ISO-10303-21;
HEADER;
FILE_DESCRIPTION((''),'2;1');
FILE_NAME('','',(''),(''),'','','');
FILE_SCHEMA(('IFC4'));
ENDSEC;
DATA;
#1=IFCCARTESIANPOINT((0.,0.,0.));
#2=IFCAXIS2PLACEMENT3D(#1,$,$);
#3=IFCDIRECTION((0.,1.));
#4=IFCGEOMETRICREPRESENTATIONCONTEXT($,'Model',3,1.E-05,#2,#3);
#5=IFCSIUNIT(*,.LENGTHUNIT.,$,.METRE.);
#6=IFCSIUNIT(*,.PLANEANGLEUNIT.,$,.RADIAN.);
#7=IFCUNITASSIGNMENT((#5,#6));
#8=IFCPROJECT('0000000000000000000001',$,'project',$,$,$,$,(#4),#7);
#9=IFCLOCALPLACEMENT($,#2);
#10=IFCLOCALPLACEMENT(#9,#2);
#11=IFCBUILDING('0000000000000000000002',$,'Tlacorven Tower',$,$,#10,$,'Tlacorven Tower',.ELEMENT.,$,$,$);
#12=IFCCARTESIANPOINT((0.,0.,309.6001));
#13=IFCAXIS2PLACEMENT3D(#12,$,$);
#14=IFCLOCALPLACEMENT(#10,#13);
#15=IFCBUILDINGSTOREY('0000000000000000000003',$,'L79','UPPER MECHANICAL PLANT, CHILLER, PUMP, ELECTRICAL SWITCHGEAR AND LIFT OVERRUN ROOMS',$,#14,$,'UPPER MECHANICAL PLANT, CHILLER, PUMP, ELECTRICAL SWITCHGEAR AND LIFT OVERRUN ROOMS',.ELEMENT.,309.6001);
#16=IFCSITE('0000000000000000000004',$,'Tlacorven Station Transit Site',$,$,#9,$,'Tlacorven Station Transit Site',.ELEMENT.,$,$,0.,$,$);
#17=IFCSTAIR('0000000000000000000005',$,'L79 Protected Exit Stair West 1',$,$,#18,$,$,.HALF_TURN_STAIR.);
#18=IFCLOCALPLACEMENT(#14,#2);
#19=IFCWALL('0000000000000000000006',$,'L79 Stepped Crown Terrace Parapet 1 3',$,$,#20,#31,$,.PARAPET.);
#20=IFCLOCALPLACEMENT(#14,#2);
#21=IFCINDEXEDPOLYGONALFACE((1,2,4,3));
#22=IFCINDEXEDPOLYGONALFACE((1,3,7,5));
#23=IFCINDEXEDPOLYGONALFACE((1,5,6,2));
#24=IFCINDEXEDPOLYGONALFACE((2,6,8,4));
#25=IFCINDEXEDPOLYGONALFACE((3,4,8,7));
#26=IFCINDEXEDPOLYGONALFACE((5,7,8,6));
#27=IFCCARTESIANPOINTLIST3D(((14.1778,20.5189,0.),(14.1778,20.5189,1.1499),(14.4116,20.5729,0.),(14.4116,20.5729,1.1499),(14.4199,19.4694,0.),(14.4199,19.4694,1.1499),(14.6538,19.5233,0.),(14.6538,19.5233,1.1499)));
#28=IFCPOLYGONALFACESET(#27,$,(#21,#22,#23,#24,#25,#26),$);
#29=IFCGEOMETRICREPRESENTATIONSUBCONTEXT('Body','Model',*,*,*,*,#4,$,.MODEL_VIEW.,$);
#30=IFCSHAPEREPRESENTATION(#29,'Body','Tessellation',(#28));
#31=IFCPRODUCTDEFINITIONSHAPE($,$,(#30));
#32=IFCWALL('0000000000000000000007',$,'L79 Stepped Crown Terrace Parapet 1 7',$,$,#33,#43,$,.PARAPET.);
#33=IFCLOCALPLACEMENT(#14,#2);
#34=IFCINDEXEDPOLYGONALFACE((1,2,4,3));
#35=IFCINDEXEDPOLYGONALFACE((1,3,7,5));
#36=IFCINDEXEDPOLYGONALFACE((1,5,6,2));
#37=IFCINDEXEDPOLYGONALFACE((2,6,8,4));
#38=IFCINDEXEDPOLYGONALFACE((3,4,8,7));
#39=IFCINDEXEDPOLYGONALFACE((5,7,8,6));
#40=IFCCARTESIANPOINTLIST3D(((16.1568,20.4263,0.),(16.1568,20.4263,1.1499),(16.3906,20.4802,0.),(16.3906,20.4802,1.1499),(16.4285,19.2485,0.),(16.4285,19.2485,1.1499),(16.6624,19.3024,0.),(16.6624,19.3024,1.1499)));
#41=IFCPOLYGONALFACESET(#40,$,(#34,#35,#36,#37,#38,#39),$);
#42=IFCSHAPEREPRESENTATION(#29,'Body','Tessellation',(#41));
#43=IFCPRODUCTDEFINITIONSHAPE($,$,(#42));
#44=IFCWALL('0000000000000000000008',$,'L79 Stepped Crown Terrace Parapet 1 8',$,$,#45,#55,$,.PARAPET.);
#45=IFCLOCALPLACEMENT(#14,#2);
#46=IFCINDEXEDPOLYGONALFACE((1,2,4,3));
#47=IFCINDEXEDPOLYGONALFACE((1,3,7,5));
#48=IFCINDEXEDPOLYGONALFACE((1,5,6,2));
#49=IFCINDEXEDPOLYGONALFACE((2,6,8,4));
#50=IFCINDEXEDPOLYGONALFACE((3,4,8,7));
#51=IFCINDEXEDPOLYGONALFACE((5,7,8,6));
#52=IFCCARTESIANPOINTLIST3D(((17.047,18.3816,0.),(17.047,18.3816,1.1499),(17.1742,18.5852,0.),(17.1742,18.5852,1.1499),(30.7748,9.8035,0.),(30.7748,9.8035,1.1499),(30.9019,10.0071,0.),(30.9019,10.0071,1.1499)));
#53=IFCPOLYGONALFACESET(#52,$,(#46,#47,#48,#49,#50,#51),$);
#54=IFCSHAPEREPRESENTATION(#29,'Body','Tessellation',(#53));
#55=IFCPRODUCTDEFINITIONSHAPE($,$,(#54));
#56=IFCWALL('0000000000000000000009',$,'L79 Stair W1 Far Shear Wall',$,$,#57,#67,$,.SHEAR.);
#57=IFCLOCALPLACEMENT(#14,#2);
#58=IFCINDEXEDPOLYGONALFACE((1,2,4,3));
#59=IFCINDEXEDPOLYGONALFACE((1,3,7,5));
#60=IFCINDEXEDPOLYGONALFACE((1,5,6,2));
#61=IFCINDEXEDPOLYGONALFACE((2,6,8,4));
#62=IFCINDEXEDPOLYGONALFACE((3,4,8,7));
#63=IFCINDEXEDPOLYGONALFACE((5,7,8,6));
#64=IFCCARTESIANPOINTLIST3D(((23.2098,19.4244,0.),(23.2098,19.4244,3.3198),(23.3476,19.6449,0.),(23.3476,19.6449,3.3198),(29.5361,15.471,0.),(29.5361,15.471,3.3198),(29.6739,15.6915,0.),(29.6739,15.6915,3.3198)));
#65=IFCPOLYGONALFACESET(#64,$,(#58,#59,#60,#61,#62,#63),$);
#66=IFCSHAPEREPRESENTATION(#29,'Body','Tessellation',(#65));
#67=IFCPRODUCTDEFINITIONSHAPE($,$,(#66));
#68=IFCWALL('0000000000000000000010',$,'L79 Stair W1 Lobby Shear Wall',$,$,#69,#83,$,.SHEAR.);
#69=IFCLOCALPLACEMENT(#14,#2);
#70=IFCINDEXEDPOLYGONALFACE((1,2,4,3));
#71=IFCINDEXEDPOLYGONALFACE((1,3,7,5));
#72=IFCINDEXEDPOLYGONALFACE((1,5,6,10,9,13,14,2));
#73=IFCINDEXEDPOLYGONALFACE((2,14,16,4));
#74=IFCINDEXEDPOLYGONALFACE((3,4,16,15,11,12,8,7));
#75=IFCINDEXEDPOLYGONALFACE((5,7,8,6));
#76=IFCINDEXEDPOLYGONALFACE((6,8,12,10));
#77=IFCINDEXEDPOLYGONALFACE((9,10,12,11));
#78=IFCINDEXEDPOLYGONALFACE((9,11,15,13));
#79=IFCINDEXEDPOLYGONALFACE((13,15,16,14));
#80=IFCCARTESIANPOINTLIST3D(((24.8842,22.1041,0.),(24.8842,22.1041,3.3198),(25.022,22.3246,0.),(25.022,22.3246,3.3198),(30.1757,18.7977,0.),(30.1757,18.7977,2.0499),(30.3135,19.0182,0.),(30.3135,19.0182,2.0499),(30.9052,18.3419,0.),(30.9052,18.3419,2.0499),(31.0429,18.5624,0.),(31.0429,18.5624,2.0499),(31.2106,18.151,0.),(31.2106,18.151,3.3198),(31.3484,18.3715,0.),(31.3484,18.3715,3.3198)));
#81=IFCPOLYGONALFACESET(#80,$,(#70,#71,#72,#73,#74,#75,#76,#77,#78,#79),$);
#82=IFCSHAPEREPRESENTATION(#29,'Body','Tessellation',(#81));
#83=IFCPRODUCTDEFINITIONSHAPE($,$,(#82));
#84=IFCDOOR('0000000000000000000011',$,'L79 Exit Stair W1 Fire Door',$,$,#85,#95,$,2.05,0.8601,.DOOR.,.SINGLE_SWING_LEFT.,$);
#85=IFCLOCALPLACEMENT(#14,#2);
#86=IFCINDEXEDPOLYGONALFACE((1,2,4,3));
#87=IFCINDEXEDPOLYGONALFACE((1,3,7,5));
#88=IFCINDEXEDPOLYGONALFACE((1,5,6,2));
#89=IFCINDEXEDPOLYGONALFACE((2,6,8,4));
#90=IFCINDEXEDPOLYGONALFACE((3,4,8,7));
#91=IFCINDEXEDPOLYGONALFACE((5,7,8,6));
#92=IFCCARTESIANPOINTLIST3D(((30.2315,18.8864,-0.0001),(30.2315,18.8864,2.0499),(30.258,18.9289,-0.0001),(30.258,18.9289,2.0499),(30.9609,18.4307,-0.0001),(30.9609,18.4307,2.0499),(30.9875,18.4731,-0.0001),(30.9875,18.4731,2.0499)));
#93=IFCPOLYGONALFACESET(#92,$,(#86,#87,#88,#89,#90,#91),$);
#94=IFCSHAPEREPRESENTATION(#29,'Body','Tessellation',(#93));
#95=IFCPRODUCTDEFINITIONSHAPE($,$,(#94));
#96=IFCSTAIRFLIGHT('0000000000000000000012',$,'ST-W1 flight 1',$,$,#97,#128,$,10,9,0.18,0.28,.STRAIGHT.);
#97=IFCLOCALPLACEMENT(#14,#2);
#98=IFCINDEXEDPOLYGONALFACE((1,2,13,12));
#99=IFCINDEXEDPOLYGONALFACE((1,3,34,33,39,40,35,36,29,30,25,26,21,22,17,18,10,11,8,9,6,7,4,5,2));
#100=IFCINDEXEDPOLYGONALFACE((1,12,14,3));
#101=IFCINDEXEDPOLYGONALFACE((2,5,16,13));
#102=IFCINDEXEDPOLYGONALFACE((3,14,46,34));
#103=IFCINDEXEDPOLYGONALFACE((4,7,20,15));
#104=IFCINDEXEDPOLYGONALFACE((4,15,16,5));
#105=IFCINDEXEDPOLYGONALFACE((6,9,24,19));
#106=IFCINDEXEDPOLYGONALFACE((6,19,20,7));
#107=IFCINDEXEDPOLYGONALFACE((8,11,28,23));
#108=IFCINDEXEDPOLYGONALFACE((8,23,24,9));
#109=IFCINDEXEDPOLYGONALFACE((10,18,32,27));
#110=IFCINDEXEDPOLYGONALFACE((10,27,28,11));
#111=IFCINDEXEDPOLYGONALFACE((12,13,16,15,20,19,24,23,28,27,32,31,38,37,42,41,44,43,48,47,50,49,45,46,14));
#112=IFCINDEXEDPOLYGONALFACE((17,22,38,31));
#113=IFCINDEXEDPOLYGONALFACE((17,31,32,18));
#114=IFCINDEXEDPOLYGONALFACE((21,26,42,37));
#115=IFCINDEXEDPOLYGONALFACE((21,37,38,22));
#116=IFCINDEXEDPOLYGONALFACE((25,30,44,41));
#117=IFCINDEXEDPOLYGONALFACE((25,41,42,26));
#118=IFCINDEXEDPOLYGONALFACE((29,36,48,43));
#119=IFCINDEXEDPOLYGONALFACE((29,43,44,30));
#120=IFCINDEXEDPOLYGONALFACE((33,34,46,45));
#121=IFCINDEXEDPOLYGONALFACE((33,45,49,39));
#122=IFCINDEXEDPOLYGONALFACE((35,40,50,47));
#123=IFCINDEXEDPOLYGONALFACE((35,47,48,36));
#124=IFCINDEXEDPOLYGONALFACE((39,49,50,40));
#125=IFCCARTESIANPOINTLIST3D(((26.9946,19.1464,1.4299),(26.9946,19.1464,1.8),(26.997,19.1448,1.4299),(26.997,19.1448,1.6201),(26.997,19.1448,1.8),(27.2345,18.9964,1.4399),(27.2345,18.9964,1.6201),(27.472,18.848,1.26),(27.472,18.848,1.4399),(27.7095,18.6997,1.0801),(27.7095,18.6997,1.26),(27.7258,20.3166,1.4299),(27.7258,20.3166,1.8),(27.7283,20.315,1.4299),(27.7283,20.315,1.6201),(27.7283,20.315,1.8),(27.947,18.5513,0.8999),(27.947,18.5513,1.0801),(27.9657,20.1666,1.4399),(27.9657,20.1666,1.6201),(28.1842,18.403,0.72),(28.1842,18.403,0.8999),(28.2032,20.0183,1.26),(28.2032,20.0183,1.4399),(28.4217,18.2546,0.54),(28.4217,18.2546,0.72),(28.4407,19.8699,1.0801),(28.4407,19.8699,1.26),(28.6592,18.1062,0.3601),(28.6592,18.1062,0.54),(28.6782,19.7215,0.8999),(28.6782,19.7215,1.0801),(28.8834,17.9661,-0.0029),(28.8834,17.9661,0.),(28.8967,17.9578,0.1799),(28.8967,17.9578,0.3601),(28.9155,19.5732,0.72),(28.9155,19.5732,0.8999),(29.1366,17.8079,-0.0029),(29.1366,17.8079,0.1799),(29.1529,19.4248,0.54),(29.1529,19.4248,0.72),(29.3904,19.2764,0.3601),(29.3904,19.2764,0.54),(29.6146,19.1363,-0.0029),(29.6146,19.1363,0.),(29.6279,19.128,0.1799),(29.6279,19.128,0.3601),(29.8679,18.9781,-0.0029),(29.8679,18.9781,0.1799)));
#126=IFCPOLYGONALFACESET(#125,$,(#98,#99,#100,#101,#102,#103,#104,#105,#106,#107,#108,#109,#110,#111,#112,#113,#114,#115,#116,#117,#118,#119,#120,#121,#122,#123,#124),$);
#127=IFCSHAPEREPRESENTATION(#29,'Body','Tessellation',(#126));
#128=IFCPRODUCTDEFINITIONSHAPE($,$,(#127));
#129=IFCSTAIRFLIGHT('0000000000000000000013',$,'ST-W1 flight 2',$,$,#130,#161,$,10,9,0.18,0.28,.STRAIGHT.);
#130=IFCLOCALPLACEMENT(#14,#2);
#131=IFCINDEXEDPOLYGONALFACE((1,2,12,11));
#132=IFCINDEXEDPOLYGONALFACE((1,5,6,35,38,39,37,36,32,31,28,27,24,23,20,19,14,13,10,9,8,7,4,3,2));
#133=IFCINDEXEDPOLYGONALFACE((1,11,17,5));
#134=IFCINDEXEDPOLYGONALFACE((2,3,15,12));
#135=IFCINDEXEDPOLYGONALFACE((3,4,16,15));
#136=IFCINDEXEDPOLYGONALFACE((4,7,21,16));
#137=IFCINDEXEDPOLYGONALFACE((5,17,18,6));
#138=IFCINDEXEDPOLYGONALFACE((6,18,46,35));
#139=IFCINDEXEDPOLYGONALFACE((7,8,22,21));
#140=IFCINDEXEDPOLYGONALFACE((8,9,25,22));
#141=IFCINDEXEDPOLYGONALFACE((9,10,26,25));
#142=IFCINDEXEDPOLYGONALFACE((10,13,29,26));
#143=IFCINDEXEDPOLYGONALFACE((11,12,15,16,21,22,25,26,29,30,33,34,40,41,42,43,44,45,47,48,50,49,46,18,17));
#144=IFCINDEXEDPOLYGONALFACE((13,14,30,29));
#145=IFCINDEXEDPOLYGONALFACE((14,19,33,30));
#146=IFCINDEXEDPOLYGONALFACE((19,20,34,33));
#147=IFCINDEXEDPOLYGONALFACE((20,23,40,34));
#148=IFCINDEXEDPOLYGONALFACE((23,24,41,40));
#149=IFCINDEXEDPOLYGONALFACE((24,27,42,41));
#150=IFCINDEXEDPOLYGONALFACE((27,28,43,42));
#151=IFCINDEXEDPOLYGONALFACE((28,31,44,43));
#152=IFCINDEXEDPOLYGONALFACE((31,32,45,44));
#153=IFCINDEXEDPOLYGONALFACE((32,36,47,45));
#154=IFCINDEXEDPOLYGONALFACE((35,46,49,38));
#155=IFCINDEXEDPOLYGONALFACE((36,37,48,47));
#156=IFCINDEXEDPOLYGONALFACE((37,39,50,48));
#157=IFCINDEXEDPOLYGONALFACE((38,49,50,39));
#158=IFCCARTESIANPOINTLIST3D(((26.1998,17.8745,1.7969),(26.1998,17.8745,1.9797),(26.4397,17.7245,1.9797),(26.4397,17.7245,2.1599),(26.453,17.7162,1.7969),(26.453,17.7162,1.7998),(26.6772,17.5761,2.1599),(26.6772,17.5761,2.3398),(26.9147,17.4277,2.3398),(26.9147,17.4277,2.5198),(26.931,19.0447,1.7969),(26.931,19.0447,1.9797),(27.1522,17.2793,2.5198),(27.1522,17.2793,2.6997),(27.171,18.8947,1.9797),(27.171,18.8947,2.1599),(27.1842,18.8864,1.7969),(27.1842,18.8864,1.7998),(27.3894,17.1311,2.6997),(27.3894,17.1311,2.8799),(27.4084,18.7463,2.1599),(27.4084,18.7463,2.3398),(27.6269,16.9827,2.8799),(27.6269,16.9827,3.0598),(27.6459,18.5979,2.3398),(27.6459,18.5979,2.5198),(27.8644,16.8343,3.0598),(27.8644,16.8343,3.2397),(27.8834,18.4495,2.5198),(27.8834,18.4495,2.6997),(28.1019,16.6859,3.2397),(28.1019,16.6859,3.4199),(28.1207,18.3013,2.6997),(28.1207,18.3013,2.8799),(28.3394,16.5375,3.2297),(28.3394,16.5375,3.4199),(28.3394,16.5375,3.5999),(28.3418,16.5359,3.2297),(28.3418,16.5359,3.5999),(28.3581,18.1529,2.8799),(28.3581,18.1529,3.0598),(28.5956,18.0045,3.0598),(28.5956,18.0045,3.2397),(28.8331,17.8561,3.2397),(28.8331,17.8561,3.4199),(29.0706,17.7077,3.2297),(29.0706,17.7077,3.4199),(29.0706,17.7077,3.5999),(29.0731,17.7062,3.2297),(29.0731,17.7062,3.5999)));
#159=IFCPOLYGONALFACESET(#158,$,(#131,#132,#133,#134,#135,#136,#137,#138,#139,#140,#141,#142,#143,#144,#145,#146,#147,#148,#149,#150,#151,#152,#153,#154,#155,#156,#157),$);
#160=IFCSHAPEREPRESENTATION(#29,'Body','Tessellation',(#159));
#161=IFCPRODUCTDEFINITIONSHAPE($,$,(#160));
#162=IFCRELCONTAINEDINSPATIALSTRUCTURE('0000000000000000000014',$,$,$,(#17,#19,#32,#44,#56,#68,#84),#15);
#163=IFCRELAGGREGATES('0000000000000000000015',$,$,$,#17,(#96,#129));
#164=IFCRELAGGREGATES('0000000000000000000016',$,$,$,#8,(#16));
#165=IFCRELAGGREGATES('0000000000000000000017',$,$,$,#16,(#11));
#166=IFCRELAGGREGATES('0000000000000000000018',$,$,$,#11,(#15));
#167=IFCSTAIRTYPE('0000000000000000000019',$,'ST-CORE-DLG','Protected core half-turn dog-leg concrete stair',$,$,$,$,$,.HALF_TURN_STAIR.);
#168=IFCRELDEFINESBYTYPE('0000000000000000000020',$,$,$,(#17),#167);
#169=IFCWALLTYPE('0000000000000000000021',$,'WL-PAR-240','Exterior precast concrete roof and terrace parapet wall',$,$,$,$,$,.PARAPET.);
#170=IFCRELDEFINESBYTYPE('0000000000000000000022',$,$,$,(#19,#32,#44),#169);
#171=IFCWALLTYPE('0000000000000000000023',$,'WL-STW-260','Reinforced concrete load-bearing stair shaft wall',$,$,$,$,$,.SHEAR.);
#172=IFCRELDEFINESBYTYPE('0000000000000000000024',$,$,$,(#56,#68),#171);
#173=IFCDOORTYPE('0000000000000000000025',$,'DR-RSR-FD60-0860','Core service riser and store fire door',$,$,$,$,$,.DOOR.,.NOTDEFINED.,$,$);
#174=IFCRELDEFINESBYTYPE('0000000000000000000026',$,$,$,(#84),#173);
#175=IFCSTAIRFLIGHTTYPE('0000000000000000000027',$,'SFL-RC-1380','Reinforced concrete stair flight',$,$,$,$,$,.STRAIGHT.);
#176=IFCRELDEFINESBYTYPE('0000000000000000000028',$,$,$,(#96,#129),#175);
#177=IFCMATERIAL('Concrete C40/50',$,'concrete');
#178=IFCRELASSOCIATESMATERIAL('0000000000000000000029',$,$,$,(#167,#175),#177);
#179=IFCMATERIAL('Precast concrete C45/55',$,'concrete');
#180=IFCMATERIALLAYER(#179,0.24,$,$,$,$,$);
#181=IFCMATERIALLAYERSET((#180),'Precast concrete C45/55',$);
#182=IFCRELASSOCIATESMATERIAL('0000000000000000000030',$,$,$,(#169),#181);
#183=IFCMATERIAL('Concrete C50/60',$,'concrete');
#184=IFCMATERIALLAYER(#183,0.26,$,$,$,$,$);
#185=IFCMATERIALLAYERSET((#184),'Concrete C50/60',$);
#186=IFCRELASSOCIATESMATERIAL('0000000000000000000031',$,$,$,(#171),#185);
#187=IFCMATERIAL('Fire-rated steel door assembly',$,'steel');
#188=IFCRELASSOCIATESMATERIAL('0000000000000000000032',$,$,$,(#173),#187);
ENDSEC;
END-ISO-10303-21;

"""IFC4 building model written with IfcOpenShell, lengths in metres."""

from ifc_helpers import new_model, si_unit, direction, frame, frame_2d, origin, place, context, subcontext, project, spatial, polyline, rectangle, outline, extrude, source, transform, mapped, material, layer, layer_set, type_object, element, fill, aggregate, save


model = new_model("IFC4")

# Units and contexts
model_context = context("Model", 3, precision=1e-05, world=origin(), true_north=direction((0.0, 1.0)))
body_context = subcontext(model_context, "Body", "Model", "MODEL_VIEW")
ifc_project = project(units=[si_unit("LENGTHUNIT", "METRE"), si_unit("PLANEANGLEUNIT", "RADIAN")], contexts=[model_context])

# Site, building, storey
site_placement = place(None, origin())
site = spatial("IfcSite", under=ifc_project, at=site_placement, Name="Tlacorven Station Transit Site", LongName="Tlacorven Station Transit Site", CompositionType="ELEMENT", RefElevation=0.0)
building_placement = place(site_placement, origin())
building = spatial("IfcBuilding", under=site, at=building_placement, Name="Tlacorven Tower", LongName="Tlacorven Tower", CompositionType="ELEMENT")
storey_placement = place(building_placement, frame((0.0, 0.0, 309.6001)))
storey = spatial("IfcBuildingStorey", under=building, at=storey_placement, Name="L79", Description="UPPER MECHANICAL PLANT, CHILLER, PUMP, ELECTRICAL SWITCHGEAR AND LIFT OVERRUN ROOMS", LongName="UPPER MECHANICAL PLANT, CHILLER, PUMP, ELECTRICAL SWITCHGEAR AND LIFT OVERRUN ROOMS", CompositionType="ELEMENT", Elevation=309.6001)

# Stair
ifc_material_1 = material(Name="Concrete C40/50", Category="concrete")
stair_type = type_object("IfcStairType", Name="ST-CORE-DLG", Description="Protected core half-turn dog-leg concrete stair", PredefinedType="HALF_TURN_STAIR", material=ifc_material_1)
stair_1_placement = place(storey_placement, origin())
stair_1 = element("IfcStair", 1, at=stair_1_placement, inside=storey, type_object=stair_type, Name="L79 Protected Exit Stair West 1", PredefinedType="HALF_TURN_STAIR")

# Shared definitions
ifc_material_2 = material(Name="Concrete C50/60", Category="concrete")

# Walls
ifc_material_3 = material(Name="Precast concrete C45/55", Category="concrete")
ifc_layer_1 = layer(ifc_material_3, 0.24)
ifc_layer_set_1 = layer_set([ifc_layer_1], Name="Precast concrete C45/55")
wall_type_1 = type_object("IfcWallType", Name="WL-PAR-240", Description="Exterior precast concrete roof and terrace parapet wall", PredefinedType="PARAPET", material=ifc_layer_set_1)
wall_1_placement = place(storey_placement, frame((14.5369, 19.4963, 0.0), z_axis=(0.0, 0.0, 1.0), x_axis=(-0.224843, 0.974395, 0.0)))
element("IfcWall", 2, at=wall_1_placement, inside=storey, type_object=wall_type_1, Name="L79 Stepped Crown Terrace Parapet 1 3", PredefinedType="PARAPET", context=body_context, shape_type="SweptSolid", body=[
    extrude(rectangle(XDim=1.0771, YDim=0.24, at=frame_2d((0.5386, 0.0))), origin(), (0.0, 0.0, 1.0), 1.1499),
])
wall_2_placement = place(storey_placement, frame((16.2737, 20.4534, 0.0), z_axis=(0.0, 0.0, 1.0), x_axis=(0.224815, -0.974401, 0.0)))
element("IfcWall", 3, at=wall_2_placement, inside=storey, type_object=wall_type_1, Name="L79 Stepped Crown Terrace Parapet 1 7", PredefinedType="PARAPET", context=body_context, shape_type="SweptSolid", body=[
    extrude(rectangle(XDim=1.2087, YDim=0.24, at=frame_2d((0.6045, 0.0))), origin(), (0.0, 0.0, 1.0), 1.1499),
])
wall_3_placement = place(storey_placement, frame((17.1106, 18.4834, 0.0), z_axis=(0.0, 0.0, 1.0), x_axis=(0.848047, -0.529922, 0.0)))
element("IfcWall", 4, at=wall_3_placement, inside=storey, type_object=wall_type_1, Name="L79 Stepped Crown Terrace Parapet 1 8", PredefinedType="PARAPET", context=body_context, shape_type="SweptSolid", body=[
    extrude(rectangle(XDim=16.1875, YDim=0.24, at=frame_2d((8.0938, 0.0))), origin(), (0.0, 0.0, 1.0), 1.1499),
])
ifc_layer_2 = layer(ifc_material_2, 0.26)
ifc_layer_set_2 = layer_set([ifc_layer_2], Name="Concrete C50/60")
wall_type_2 = type_object("IfcWallType", Name="WL-STW-260", Description="Reinforced concrete load-bearing stair shaft wall", PredefinedType="SHEAR", material=ifc_layer_set_2)
wall_4_placement = place(storey_placement, frame((29.605, 15.5813, 0.0), z_axis=(0.0, 0.0, 1.0), x_axis=(-0.848037, 0.529937, 0.0)))
element("IfcWall", 5, at=wall_4_placement, inside=storey, type_object=wall_type_2, Name="L79 Stair W1 Far Shear Wall", PredefinedType="SHEAR", context=body_context, shape_type="SweptSolid", body=[
    extrude(rectangle(XDim=7.46, YDim=0.26, at=frame_2d((3.73, 0.0))), origin(), (0.0, 0.0, 1.0), 3.3198),
])

# Wall, opening, door
wall_5_placement = place(storey_placement, frame((31.2795, 18.2612, 0.0), z_axis=(0.0, 0.0, 1.0), x_axis=(-0.848052, 0.529914, 0.0)))
wall_5 = element("IfcWall", 6, at=wall_5_placement, inside=storey, type_object=wall_type_2, Name="L79 Stair W1 Lobby Shear Wall", PredefinedType="SHEAR", context=body_context, shape_type="SweptSolid", body=[
    extrude(rectangle(XDim=7.46, YDim=0.26, at=frame_2d((3.73, 0.0))), origin(), (0.0, 0.0, 1.0), 3.3198),
])
opening_placement = place(wall_5_placement, frame((0.3601, 0.0, 0.0)))
opening = element("IfcOpeningElement", 7, at=opening_placement, cuts=wall_5, PredefinedType="OPENING", context=body_context, shape_type="SweptSolid", body=[
    extrude(rectangle(XDim=0.8601, YDim=2.05, at=frame_2d((0.4302, 1.0249))), frame((0.0, 0.1401, 0.0), z_axis=(0.0, -1.0, 0.0), x_axis=(1.0, 0.0, 0.0)), (0.0, 0.0, 1.0), 0.28),
])
ifc_material_4 = material(Name="Fire-rated steel door assembly", Category="steel")
door_type = type_object("IfcDoorType", Name="DR-RSR-FD60-0860", Description="Core service riser and store fire door", OperationType="NOTDEFINED", PredefinedType="DOOR", material=ifc_material_4)
shared_shape_1 = source(origin(), body_context, "Body", "SweptSolid", [
    extrude(rectangle(XDim=0.8601, YDim=2.05, at=frame_2d((0.4302, 1.0249))), frame((0.0, 0.0249, 0.0), z_axis=(0.0, -1.0, 0.0), x_axis=(1.0, 0.0, 0.0)), (0.0, 0.0, 1.0), 0.05),
])
door_placement = place(opening_placement, frame((0.8601, 0.0, 0.0), z_axis=(0.0, 0.0, 1.0), x_axis=(-1.0, 0.0, 0.0)))
door = element("IfcDoor", 8, at=door_placement, inside=storey, type_object=door_type, Name="L79 Exit Stair W1 Fire Door", OperationType="SINGLE_SWING_LEFT", OverallHeight=2.05, OverallWidth=0.8601, PredefinedType="DOOR", context=body_context, shape_type="MappedRepresentation", body=[
    mapped(shared_shape_1, transform((0.0, 0.0, 0.0), scale=1.0)),
])
fill(opening, door)

# Stair flights
stair_flight_type = type_object("IfcStairFlightType", Name="SFL-RC-1380", Description="Reinforced concrete stair flight", PredefinedType="STRAIGHT", material=ifc_material_1)
shared_shape_2 = source(origin(), body_context, "Body", "SweptSolid", [
    extrude(outline(polyline([(-0.0029, -0.0029), (-0.0029, 0.1799), (0.28, 0.1799), (0.28, 0.3601), (0.5601, 0.3601), (0.5601, 0.54), (0.8401, 0.54), (0.8401, 0.72), (1.1201, 0.72), (1.1201, 0.8999), (1.3999, 0.8999), (1.3999, 1.0801), (1.6799, 1.0801), (1.6799, 1.26), (1.96, 1.26), (1.96, 1.4399), (2.24, 1.4399), (2.24, 1.6201), (2.52, 1.6201), (2.52, 1.8), (2.5229, 1.8), (2.5229, 1.4299), (2.52, 1.4299), (0.2957, 0.0), (0.2957, -0.0029), (-0.0029, -0.0029)])), frame((0.0, 0.6899, 0.0), z_axis=(0.0, -1.0, 0.0), x_axis=(1.0, 0.0, 0.0)), (0.0, 0.0, 1.0), 1.3799),
])
stair_flight_1_placement = place(storey_placement, frame((29.4998, 18.3945, 0.0), z_axis=(0.0, 0.0, 1.0), x_axis=(-0.848048, 0.529919, 0.0)))
stair_flight_1 = element("IfcStairFlight", 9, at=stair_flight_1_placement, type_object=stair_flight_type, Name="ST-W1 flight 1", NumberOfRisers=10, NumberOfTreads=9, PredefinedType="STRAIGHT", RiserHeight=0.18, TreadLength=0.28, context=body_context, shape_type="MappedRepresentation", body=[
    mapped(shared_shape_2, transform((0.0, 0.0, 0.0), scale=1.0)),
])
stair_flight_2_placement = place(storey_placement, frame((26.5679, 18.458, 1.7998), z_axis=(0.0, 0.0, 1.0), x_axis=(0.848048, -0.529919, 0.0)))
stair_flight_2 = element("IfcStairFlight", 10, at=stair_flight_2_placement, type_object=stair_flight_type, Name="ST-W1 flight 2", NumberOfRisers=10, NumberOfTreads=9, PredefinedType="STRAIGHT", RiserHeight=0.18, TreadLength=0.28, context=body_context, shape_type="MappedRepresentation", body=[
    mapped(shared_shape_2, transform((0.0, 0.0, 0.0), scale=1.0)),
])
aggregate(stair_1, [stair_flight_1, stair_flight_2])

save(model, "model.ifc")
